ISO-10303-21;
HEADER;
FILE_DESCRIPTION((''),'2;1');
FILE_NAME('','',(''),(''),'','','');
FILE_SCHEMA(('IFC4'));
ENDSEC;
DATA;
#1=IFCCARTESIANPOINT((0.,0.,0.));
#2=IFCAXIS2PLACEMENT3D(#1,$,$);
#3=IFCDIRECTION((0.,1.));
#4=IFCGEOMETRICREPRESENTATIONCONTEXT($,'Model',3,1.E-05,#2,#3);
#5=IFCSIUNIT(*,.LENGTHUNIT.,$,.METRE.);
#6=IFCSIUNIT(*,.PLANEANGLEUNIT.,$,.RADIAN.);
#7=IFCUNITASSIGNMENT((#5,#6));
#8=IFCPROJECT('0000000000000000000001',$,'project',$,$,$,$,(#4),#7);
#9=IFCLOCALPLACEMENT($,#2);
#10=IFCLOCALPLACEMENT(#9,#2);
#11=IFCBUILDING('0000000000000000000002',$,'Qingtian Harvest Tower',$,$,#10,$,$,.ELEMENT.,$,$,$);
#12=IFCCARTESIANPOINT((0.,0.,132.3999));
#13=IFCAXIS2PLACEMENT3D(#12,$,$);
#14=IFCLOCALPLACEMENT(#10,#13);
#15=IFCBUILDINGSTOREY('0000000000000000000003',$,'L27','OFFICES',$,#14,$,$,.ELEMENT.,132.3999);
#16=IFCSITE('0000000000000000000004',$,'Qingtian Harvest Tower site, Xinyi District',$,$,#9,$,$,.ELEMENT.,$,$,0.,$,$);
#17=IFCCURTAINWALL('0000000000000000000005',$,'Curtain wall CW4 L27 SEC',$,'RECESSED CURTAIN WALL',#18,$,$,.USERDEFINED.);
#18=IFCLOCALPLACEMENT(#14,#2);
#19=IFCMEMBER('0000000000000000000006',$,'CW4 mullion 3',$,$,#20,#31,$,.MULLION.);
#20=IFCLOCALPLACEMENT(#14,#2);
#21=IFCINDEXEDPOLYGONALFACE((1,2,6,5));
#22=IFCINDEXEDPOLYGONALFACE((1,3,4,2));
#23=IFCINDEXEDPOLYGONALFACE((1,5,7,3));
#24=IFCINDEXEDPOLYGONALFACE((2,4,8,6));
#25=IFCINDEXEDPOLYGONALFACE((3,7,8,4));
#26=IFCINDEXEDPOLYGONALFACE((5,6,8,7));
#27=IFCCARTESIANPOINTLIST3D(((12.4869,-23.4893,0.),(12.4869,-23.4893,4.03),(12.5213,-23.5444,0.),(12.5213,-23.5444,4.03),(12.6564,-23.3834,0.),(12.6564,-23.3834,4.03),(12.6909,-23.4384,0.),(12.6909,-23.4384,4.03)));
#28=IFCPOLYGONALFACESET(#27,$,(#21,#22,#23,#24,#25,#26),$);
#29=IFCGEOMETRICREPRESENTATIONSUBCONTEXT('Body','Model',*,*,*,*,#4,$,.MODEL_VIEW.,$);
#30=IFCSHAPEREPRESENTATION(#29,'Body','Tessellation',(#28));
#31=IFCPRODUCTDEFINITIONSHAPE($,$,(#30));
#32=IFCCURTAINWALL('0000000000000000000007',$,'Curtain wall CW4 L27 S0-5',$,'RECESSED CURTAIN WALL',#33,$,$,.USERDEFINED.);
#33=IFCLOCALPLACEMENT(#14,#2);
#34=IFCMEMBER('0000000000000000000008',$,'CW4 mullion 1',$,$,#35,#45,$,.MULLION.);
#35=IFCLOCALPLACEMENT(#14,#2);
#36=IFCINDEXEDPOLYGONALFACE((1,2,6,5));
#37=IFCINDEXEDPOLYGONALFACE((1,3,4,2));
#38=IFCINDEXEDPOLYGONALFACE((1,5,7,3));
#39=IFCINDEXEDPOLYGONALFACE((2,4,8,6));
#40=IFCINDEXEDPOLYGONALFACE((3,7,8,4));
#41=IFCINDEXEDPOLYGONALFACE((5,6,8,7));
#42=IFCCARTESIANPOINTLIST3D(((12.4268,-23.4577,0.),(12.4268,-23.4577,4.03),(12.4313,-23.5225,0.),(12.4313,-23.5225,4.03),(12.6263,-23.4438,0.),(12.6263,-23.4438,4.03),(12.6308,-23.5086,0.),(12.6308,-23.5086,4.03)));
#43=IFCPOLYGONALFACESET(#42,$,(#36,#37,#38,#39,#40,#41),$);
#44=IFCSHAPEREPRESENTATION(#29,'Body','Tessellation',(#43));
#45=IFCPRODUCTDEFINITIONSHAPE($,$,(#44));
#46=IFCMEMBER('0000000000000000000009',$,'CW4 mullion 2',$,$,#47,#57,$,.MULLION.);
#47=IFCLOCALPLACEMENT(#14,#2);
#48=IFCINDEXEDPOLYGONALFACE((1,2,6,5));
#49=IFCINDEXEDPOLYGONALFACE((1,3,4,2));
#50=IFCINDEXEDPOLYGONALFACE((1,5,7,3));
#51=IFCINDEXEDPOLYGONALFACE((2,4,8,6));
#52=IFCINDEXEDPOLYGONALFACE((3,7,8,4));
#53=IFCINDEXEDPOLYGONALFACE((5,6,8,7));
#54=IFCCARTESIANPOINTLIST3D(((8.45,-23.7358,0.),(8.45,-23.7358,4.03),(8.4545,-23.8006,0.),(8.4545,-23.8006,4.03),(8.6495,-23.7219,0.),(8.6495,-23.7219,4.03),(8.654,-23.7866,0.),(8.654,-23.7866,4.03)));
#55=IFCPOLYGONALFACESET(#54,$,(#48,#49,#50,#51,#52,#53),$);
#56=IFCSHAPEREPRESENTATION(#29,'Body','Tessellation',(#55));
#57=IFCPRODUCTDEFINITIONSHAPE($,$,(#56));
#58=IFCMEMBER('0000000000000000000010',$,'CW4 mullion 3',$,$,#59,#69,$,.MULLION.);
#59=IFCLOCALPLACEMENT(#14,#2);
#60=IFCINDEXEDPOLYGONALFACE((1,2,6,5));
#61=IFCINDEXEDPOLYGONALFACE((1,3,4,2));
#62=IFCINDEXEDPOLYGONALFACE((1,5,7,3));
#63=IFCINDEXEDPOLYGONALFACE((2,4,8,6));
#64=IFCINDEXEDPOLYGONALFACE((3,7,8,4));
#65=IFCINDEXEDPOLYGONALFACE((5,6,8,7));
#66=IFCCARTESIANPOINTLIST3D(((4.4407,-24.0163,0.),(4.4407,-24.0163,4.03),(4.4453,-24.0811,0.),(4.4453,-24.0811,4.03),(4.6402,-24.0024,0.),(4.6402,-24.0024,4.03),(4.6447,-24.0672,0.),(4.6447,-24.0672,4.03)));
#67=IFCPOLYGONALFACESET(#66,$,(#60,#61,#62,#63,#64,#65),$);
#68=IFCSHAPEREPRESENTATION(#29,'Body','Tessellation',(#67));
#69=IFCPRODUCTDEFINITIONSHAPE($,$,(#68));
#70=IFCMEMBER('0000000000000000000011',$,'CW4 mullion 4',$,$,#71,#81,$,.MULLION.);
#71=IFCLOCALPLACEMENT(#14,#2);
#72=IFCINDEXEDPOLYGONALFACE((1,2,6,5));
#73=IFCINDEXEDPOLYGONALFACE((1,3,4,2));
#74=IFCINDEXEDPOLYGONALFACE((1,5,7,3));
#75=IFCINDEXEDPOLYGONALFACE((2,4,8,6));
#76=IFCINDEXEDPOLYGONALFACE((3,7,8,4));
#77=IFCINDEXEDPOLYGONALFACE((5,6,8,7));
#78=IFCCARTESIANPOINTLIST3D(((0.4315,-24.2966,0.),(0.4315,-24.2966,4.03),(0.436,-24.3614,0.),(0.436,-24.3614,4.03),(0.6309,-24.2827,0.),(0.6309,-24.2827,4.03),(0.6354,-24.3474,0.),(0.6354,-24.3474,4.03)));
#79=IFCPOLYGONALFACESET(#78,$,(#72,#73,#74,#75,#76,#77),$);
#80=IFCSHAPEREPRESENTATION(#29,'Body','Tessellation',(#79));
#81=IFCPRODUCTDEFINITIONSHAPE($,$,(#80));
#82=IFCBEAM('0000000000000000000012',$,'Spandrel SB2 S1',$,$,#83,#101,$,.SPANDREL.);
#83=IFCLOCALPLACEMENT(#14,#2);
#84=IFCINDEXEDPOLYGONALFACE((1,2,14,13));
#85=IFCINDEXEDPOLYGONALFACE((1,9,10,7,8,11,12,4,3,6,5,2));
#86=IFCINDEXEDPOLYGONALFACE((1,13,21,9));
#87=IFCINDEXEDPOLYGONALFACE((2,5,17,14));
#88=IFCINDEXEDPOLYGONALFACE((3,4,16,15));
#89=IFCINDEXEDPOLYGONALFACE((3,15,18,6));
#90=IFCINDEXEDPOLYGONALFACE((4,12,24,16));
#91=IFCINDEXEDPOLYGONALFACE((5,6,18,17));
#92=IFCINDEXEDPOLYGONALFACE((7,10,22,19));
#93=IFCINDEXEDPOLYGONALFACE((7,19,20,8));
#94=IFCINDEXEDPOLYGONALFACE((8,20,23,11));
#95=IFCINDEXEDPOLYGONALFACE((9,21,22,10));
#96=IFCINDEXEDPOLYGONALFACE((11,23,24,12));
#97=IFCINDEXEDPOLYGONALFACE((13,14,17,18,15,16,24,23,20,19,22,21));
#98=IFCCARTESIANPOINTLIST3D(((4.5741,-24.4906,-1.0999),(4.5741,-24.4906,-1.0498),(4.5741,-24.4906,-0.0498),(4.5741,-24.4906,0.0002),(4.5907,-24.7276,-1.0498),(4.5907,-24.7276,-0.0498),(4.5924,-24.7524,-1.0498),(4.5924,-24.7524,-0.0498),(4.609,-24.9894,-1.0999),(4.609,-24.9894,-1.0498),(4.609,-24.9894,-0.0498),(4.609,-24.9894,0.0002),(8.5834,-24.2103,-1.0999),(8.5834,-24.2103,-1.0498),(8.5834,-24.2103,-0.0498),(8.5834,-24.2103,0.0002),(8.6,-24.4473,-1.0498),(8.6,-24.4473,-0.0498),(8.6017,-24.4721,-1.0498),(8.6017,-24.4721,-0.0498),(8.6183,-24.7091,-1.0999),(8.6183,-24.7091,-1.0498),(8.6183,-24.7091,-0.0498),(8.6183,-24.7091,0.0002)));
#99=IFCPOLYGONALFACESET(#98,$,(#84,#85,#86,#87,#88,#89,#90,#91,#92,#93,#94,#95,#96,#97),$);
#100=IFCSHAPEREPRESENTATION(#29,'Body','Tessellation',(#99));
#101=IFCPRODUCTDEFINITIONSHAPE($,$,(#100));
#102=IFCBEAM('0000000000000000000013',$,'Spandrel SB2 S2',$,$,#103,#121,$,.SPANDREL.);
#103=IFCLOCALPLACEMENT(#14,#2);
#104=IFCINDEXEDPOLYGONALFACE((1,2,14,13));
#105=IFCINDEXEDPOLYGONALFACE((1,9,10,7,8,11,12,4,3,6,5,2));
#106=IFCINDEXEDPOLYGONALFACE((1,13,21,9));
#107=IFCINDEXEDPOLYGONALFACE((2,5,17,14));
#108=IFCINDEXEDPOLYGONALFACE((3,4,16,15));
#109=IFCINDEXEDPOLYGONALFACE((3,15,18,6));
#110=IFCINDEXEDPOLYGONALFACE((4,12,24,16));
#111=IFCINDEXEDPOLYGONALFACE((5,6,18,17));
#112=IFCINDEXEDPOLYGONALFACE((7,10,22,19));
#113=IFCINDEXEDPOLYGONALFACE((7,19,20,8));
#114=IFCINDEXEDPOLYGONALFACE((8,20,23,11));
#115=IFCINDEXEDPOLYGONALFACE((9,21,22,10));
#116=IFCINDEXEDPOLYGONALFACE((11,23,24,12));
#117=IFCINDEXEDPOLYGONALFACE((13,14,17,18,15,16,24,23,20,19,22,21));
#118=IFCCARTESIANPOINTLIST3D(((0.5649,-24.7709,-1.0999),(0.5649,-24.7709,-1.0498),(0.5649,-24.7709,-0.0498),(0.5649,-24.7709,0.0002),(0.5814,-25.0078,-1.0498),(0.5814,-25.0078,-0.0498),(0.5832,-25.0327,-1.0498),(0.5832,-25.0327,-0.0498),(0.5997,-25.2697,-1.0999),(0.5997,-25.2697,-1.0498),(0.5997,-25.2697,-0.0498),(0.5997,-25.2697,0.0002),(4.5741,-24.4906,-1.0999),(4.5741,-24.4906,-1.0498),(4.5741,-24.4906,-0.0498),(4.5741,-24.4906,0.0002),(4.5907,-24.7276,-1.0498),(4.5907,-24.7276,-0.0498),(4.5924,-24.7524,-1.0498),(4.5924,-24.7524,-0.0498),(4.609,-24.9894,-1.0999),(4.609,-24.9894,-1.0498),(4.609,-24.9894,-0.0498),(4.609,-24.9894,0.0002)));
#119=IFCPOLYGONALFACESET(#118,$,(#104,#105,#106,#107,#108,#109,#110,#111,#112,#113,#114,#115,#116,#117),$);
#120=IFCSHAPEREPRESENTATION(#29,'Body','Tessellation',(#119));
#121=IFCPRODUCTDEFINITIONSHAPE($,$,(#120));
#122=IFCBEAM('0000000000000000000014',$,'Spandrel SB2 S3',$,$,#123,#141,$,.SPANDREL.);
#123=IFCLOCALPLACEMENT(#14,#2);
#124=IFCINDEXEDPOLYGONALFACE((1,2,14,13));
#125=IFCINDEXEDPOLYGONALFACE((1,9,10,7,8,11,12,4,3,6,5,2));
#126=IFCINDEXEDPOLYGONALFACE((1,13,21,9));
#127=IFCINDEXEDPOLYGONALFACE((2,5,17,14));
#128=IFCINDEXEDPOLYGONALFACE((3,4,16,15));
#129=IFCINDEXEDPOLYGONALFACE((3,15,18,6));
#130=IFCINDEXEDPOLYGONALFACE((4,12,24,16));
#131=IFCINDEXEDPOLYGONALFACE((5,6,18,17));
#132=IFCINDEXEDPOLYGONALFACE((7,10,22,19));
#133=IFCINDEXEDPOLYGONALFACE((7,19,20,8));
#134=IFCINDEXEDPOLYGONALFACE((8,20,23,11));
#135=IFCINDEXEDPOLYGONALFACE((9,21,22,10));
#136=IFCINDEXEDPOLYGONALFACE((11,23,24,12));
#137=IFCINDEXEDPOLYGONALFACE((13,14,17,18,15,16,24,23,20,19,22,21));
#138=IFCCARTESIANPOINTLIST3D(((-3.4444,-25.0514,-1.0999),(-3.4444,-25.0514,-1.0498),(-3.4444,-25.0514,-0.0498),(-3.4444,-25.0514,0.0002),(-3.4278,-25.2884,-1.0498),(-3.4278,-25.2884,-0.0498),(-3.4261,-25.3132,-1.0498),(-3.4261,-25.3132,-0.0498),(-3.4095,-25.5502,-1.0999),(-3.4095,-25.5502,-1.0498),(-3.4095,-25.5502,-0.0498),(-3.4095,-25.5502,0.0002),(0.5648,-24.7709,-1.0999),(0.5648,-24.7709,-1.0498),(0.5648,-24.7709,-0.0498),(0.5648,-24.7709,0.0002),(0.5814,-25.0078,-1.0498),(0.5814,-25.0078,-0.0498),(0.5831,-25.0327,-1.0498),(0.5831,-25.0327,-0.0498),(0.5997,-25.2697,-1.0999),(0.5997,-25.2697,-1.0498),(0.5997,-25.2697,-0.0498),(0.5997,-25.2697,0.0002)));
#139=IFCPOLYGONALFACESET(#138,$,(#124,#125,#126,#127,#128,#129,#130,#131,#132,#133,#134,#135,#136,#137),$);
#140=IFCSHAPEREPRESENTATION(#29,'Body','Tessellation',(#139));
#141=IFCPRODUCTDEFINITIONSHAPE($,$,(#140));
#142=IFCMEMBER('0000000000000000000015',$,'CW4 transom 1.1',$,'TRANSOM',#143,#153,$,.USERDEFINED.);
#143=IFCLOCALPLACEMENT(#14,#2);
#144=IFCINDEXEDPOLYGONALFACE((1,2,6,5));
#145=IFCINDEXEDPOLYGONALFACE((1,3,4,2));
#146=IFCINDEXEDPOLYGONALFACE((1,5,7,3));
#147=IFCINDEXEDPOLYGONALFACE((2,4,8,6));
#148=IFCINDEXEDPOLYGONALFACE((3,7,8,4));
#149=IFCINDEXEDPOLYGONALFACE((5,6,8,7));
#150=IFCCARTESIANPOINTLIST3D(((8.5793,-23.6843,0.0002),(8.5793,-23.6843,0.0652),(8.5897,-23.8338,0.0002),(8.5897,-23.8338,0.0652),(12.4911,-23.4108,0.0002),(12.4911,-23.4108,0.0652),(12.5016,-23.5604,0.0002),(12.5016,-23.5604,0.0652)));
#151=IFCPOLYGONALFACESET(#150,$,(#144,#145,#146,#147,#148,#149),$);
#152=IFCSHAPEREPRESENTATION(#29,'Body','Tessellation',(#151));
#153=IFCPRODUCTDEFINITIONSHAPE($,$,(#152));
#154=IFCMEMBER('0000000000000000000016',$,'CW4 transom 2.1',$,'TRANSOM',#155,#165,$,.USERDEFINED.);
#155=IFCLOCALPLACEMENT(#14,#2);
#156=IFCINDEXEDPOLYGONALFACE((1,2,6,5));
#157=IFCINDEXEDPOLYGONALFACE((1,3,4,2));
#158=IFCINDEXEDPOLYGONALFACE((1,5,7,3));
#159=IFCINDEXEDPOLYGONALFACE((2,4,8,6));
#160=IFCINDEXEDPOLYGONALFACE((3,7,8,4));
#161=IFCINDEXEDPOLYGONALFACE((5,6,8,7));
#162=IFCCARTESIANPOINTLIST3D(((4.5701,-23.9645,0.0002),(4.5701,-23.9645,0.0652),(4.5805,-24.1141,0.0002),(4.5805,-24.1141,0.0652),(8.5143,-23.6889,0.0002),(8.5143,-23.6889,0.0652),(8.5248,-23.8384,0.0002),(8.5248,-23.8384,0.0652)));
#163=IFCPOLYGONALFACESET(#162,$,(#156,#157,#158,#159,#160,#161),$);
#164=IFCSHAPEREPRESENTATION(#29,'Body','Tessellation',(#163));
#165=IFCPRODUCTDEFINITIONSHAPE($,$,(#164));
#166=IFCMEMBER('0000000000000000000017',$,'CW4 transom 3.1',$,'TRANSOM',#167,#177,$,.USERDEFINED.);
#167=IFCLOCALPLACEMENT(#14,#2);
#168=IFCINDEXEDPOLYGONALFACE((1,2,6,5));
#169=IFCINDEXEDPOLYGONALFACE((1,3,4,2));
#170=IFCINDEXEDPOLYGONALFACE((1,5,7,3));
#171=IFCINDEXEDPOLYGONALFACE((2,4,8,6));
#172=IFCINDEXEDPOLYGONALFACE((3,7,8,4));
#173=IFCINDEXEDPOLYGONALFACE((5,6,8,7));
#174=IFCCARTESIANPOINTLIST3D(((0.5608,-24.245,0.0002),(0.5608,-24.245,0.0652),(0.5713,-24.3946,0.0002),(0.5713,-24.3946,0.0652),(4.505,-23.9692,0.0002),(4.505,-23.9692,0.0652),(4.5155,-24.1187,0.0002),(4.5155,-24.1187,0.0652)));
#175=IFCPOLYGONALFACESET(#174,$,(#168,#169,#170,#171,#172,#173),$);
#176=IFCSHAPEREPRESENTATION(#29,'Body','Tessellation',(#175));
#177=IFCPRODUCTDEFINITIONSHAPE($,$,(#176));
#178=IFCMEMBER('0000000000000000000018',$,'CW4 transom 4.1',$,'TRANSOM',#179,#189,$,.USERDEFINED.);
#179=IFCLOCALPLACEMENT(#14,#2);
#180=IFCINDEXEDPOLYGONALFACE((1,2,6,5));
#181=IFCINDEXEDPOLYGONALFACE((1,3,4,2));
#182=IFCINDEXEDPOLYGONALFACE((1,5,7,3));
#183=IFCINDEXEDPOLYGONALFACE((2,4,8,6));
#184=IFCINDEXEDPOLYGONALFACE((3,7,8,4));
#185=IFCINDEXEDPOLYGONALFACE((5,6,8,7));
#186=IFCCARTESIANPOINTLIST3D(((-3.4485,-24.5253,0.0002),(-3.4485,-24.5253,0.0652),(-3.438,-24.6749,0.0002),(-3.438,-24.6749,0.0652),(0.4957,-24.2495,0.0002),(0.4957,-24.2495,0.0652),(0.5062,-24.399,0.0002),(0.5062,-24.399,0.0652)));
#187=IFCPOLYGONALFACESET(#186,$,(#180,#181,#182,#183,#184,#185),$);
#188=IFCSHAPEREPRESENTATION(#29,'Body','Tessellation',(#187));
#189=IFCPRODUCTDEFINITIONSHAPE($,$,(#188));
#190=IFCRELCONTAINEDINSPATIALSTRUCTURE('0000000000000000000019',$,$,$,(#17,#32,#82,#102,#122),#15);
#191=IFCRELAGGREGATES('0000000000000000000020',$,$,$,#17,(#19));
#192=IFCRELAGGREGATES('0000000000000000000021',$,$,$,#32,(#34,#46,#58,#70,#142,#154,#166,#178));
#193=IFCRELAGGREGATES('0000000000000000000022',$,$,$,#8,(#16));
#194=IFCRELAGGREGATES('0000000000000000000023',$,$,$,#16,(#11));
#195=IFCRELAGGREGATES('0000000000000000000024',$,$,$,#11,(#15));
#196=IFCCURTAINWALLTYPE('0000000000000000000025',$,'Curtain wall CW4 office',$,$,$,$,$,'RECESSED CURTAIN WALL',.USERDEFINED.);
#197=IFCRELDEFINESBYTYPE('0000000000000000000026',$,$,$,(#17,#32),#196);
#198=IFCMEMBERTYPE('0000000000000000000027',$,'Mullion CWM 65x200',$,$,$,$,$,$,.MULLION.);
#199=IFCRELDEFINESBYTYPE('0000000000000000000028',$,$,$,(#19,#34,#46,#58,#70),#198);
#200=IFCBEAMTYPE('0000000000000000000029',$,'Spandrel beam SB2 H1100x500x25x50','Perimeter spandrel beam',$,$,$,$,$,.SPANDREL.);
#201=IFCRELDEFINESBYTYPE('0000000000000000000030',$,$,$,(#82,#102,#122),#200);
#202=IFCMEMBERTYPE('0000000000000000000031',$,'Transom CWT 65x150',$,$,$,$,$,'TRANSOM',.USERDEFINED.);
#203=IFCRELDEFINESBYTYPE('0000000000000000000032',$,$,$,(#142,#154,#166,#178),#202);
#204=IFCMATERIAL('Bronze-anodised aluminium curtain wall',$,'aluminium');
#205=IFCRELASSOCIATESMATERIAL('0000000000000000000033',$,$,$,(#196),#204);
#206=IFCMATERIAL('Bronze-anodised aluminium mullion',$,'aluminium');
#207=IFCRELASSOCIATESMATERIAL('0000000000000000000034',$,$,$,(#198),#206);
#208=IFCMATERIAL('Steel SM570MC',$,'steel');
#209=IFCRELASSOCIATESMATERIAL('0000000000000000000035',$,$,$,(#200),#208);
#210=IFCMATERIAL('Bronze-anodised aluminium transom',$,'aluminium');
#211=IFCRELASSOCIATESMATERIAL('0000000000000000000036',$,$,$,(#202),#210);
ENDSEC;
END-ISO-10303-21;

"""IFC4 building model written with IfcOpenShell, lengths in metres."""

from ifc_helpers import new_model, si_unit, direction, frame, origin, origin_2d, place, context, subcontext, project, spatial, rectangle, i_section, extrude, material, material_profile, profile_set, type_object, element, aggregate, save


model = new_model("IFC4")

# Units and contexts
model_context = context("Model", 3, precision=1e-05, world=origin(), true_north=direction((0.0, 1.0)))
body_context = subcontext(model_context, "Body", "Model", "MODEL_VIEW")
ifc_project = project(units=[si_unit("LENGTHUNIT", "METRE"), si_unit("PLANEANGLEUNIT", "RADIAN")], contexts=[model_context])

# Site, building, storey
site_placement = place(None, origin())
site = spatial("IfcSite", under=ifc_project, at=site_placement, Name="Qingtian Harvest Tower site, Xinyi District", CompositionType="ELEMENT", RefElevation=0.0)
building_placement = place(site_placement, origin())
building = spatial("IfcBuilding", under=site, at=building_placement, Name="Qingtian Harvest Tower", CompositionType="ELEMENT")
storey_placement = place(building_placement, frame((0.0, 0.0, 132.3999)))
storey = spatial("IfcBuildingStorey", under=building, at=storey_placement, Name="L27", Description="OFFICES", CompositionType="ELEMENT", Elevation=132.3999)

# Curtain wall, member
ifc_material_1 = material(Name="Bronze-anodised aluminium curtain wall", Category="aluminium")
curtain_wall_type = type_object("IfcCurtainWallType", Name="Curtain wall CW4 office", ElementType="RECESSED CURTAIN WALL", PredefinedType="USERDEFINED", material=ifc_material_1)
curtain_wall_1_placement = place(storey_placement, origin())
curtain_wall_1 = element("IfcCurtainWall", 1, at=curtain_wall_1_placement, inside=storey, type_object=curtain_wall_type, Name="Curtain wall CW4 L27 SEC", ObjectType="RECESSED CURTAIN WALL", PredefinedType="USERDEFINED")
ifc_material_2 = material(Name="Bronze-anodised aluminium mullion", Category="aluminium")
ifc_material_profile_1 = material_profile(ifc_material_2, rectangle(XDim=0.0649, YDim=0.2, at=origin_2d()), Name="AL 65x200")
ifc_profile_set_1 = profile_set([ifc_material_profile_1], Name="Bronze-anodised aluminium mullion")
member_type_1 = type_object("IfcMemberType", Name="Mullion CWM 65x200", PredefinedType="MULLION", material=ifc_profile_set_1)
member_1_placement = place(storey_placement, frame((12.5889, -23.4639, 0.0), z_axis=(0.0, 0.0, 1.0), x_axis=(0.529919, -0.848048, 0.0)))
member_1 = element("IfcMember", 2, at=member_1_placement, type_object=member_type_1, Name="CW4 mullion 3", PredefinedType="MULLION", context=body_context, shape_type="SweptSolid", body=[
    extrude(rectangle(XDim=0.0649, YDim=0.2, at=origin_2d()), origin(), (0.0, 0.0, 1.0), 4.03),
])
aggregate(curtain_wall_1, [member_1])

# Curtain wall, members
curtain_wall_2_placement = place(storey_placement, origin())
curtain_wall_2 = element("IfcCurtainWall", 3, at=curtain_wall_2_placement, inside=storey, type_object=curtain_wall_type, Name="Curtain wall CW4 L27 S0-5", ObjectType="RECESSED CURTAIN WALL", PredefinedType="USERDEFINED")
member_2_placement = place(storey_placement, frame((12.5288, -23.4832, 0.0), z_axis=(0.0, 0.0, 1.0), x_axis=(0.069756, -0.997564, 0.0)))
member_2 = element("IfcMember", 4, at=member_2_placement, type_object=member_type_1, Name="CW4 mullion 1", PredefinedType="MULLION", context=body_context, shape_type="SweptSolid", body=[
    extrude(rectangle(XDim=0.0649, YDim=0.2, at=origin_2d()), origin(), (0.0, 0.0, 1.0), 4.03),
])
member_3_placement = place(storey_placement, frame((8.552, -23.7612, 0.0), z_axis=(0.0, 0.0, 1.0), x_axis=(0.069756, -0.997564, 0.0)))
member_3 = element("IfcMember", 5, at=member_3_placement, type_object=member_type_1, Name="CW4 mullion 2", PredefinedType="MULLION", context=body_context, shape_type="SweptSolid", body=[
    extrude(rectangle(XDim=0.0649, YDim=0.2, at=origin_2d()), origin(), (0.0, 0.0, 1.0), 4.03),
])
member_4_placement = place(storey_placement, frame((4.5427, -24.0417, 0.0), z_axis=(0.0, 0.0, 1.0), x_axis=(0.069756, -0.997564, 0.0)))
member_4 = element("IfcMember", 6, at=member_4_placement, type_object=member_type_1, Name="CW4 mullion 3", PredefinedType="MULLION", context=body_context, shape_type="SweptSolid", body=[
    extrude(rectangle(XDim=0.0649, YDim=0.2, at=origin_2d()), origin(), (0.0, 0.0, 1.0), 4.03),
])
member_5_placement = place(storey_placement, frame((0.5334, -24.322, 0.0), z_axis=(0.0, 0.0, 1.0), x_axis=(0.069756, -0.997564, 0.0)))
member_5 = element("IfcMember", 7, at=member_5_placement, type_object=member_type_1, Name="CW4 mullion 4", PredefinedType="MULLION", context=body_context, shape_type="SweptSolid", body=[
    extrude(rectangle(XDim=0.0649, YDim=0.2, at=origin_2d()), origin(), (0.0, 0.0, 1.0), 4.03),
])

# Beams
ifc_material_3 = material(Name="Steel SM570MC", Category="steel")
ifc_material_profile_2 = material_profile(ifc_material_3, i_section(OverallWidth=0.5, OverallDepth=1.1001, WebThickness=0.0249, FlangeThickness=0.05, at=origin_2d()), Name="H1100x500x25x50")
ifc_profile_set_2 = profile_set([ifc_material_profile_2], Name="Steel SM570MC")
beam_type_1 = type_object("IfcBeamType", Name="Spandrel beam SB2 H1100x500x25x50", Description="Perimeter spandrel beam", PredefinedType="SPANDREL", material=ifc_profile_set_2)
for number, where, z_axis, x_axis, name in (
    (8, (8.6008, -24.4597, -0.5498), (-0.997565, -0.069736, 0.0), (0.069736, -0.997565, 0.0), "Spandrel SB2 S1"),
    (9, (4.5916, -24.74, -0.5498), (-0.997565, -0.069736, 0.0), (0.069736, -0.997565, 0.0), "Spandrel SB2 S2"),
    (10, (0.5823, -25.0203, -0.5498), (-0.997561, -0.069796, 0.0), (0.069796, -0.997561, 0.0), "Spandrel SB2 S3"),
):
    element("IfcBeam", number, at=place(storey_placement, frame(where, z_axis=z_axis, x_axis=x_axis)), inside=storey, type_object=beam_type_1, Name=name, PredefinedType="SPANDREL", context=body_context, shape_type="SweptSolid", body=[
        extrude(i_section(OverallWidth=0.5, OverallDepth=1.1001, WebThickness=0.0249, FlangeThickness=0.05, at=origin_2d()), origin(), (0.0, 0.0, 1.0), 4.019),
    ])

# Members
ifc_material_4 = material(Name="Bronze-anodised aluminium transom", Category="aluminium")
ifc_material_profile_3 = material_profile(ifc_material_4, rectangle(XDim=0.1499, YDim=0.0649, at=origin_2d()), Name="AL 65x150")
ifc_profile_set_3 = profile_set([ifc_material_profile_3], Name="Bronze-anodised aluminium transom")
member_type_2 = type_object("IfcMemberType", Name="Transom CWT 65x150", ElementType="TRANSOM", PredefinedType="USERDEFINED", material=ifc_profile_set_3)
member_6_placement = place(storey_placement, frame((12.4963, -23.4856, 0.0327), z_axis=(-0.997566, -0.069729, 0.0), x_axis=(0.069729, -0.997566, 0.0)))
member_6 = element("IfcMember", 11, at=member_6_placement, type_object=member_type_2, Name="CW4 transom 1.1", ObjectType="TRANSOM", PredefinedType="USERDEFINED", context=body_context, shape_type="SweptSolid", body=[
    extrude(rectangle(XDim=0.1499, YDim=0.0649, at=origin_2d()), origin(), (0.0, 0.0, 1.0), 3.9214),
])
member_7_placement = place(storey_placement, frame((8.5195, -23.7637, 0.0327), z_axis=(-0.997567, -0.069711, 0.0), x_axis=(0.069711, -0.997567, 0.0)))
member_7 = element("IfcMember", 12, at=member_7_placement, type_object=member_type_2, Name="CW4 transom 2.1", ObjectType="TRANSOM", PredefinedType="USERDEFINED", context=body_context, shape_type="SweptSolid", body=[
    extrude(rectangle(XDim=0.1499, YDim=0.0649, at=origin_2d()), origin(), (0.0, 0.0, 1.0), 3.9539),
])
member_8_placement = place(storey_placement, frame((4.5103, -24.0439, 0.0327), z_axis=(-0.997563, -0.069773, 0.0), x_axis=(0.069773, -0.997563, 0.0)))
member_8 = element("IfcMember", 13, at=member_8_placement, type_object=member_type_2, Name="CW4 transom 3.1", ObjectType="TRANSOM", PredefinedType="USERDEFINED", context=body_context, shape_type="SweptSolid", body=[
    extrude(rectangle(XDim=0.1499, YDim=0.0649, at=origin_2d()), origin(), (0.0, 0.0, 1.0), 3.9539),
])
member_9_placement = place(storey_placement, frame((0.501, -24.3242, 0.0327), z_axis=(-0.997563, -0.069773, 0.0), x_axis=(0.069773, -0.997563, 0.0)))
member_9 = element("IfcMember", 14, at=member_9_placement, type_object=member_type_2, Name="CW4 transom 4.1", ObjectType="TRANSOM", PredefinedType="USERDEFINED", context=body_context, shape_type="SweptSolid", body=[
    extrude(rectangle(XDim=0.1499, YDim=0.0649, at=origin_2d()), origin(), (0.0, 0.0, 1.0), 3.9539),
])

aggregate(curtain_wall_2, [member_2, member_3, member_4, member_5, member_6, member_7, member_8, member_9])

save(model, "model.ifc")
